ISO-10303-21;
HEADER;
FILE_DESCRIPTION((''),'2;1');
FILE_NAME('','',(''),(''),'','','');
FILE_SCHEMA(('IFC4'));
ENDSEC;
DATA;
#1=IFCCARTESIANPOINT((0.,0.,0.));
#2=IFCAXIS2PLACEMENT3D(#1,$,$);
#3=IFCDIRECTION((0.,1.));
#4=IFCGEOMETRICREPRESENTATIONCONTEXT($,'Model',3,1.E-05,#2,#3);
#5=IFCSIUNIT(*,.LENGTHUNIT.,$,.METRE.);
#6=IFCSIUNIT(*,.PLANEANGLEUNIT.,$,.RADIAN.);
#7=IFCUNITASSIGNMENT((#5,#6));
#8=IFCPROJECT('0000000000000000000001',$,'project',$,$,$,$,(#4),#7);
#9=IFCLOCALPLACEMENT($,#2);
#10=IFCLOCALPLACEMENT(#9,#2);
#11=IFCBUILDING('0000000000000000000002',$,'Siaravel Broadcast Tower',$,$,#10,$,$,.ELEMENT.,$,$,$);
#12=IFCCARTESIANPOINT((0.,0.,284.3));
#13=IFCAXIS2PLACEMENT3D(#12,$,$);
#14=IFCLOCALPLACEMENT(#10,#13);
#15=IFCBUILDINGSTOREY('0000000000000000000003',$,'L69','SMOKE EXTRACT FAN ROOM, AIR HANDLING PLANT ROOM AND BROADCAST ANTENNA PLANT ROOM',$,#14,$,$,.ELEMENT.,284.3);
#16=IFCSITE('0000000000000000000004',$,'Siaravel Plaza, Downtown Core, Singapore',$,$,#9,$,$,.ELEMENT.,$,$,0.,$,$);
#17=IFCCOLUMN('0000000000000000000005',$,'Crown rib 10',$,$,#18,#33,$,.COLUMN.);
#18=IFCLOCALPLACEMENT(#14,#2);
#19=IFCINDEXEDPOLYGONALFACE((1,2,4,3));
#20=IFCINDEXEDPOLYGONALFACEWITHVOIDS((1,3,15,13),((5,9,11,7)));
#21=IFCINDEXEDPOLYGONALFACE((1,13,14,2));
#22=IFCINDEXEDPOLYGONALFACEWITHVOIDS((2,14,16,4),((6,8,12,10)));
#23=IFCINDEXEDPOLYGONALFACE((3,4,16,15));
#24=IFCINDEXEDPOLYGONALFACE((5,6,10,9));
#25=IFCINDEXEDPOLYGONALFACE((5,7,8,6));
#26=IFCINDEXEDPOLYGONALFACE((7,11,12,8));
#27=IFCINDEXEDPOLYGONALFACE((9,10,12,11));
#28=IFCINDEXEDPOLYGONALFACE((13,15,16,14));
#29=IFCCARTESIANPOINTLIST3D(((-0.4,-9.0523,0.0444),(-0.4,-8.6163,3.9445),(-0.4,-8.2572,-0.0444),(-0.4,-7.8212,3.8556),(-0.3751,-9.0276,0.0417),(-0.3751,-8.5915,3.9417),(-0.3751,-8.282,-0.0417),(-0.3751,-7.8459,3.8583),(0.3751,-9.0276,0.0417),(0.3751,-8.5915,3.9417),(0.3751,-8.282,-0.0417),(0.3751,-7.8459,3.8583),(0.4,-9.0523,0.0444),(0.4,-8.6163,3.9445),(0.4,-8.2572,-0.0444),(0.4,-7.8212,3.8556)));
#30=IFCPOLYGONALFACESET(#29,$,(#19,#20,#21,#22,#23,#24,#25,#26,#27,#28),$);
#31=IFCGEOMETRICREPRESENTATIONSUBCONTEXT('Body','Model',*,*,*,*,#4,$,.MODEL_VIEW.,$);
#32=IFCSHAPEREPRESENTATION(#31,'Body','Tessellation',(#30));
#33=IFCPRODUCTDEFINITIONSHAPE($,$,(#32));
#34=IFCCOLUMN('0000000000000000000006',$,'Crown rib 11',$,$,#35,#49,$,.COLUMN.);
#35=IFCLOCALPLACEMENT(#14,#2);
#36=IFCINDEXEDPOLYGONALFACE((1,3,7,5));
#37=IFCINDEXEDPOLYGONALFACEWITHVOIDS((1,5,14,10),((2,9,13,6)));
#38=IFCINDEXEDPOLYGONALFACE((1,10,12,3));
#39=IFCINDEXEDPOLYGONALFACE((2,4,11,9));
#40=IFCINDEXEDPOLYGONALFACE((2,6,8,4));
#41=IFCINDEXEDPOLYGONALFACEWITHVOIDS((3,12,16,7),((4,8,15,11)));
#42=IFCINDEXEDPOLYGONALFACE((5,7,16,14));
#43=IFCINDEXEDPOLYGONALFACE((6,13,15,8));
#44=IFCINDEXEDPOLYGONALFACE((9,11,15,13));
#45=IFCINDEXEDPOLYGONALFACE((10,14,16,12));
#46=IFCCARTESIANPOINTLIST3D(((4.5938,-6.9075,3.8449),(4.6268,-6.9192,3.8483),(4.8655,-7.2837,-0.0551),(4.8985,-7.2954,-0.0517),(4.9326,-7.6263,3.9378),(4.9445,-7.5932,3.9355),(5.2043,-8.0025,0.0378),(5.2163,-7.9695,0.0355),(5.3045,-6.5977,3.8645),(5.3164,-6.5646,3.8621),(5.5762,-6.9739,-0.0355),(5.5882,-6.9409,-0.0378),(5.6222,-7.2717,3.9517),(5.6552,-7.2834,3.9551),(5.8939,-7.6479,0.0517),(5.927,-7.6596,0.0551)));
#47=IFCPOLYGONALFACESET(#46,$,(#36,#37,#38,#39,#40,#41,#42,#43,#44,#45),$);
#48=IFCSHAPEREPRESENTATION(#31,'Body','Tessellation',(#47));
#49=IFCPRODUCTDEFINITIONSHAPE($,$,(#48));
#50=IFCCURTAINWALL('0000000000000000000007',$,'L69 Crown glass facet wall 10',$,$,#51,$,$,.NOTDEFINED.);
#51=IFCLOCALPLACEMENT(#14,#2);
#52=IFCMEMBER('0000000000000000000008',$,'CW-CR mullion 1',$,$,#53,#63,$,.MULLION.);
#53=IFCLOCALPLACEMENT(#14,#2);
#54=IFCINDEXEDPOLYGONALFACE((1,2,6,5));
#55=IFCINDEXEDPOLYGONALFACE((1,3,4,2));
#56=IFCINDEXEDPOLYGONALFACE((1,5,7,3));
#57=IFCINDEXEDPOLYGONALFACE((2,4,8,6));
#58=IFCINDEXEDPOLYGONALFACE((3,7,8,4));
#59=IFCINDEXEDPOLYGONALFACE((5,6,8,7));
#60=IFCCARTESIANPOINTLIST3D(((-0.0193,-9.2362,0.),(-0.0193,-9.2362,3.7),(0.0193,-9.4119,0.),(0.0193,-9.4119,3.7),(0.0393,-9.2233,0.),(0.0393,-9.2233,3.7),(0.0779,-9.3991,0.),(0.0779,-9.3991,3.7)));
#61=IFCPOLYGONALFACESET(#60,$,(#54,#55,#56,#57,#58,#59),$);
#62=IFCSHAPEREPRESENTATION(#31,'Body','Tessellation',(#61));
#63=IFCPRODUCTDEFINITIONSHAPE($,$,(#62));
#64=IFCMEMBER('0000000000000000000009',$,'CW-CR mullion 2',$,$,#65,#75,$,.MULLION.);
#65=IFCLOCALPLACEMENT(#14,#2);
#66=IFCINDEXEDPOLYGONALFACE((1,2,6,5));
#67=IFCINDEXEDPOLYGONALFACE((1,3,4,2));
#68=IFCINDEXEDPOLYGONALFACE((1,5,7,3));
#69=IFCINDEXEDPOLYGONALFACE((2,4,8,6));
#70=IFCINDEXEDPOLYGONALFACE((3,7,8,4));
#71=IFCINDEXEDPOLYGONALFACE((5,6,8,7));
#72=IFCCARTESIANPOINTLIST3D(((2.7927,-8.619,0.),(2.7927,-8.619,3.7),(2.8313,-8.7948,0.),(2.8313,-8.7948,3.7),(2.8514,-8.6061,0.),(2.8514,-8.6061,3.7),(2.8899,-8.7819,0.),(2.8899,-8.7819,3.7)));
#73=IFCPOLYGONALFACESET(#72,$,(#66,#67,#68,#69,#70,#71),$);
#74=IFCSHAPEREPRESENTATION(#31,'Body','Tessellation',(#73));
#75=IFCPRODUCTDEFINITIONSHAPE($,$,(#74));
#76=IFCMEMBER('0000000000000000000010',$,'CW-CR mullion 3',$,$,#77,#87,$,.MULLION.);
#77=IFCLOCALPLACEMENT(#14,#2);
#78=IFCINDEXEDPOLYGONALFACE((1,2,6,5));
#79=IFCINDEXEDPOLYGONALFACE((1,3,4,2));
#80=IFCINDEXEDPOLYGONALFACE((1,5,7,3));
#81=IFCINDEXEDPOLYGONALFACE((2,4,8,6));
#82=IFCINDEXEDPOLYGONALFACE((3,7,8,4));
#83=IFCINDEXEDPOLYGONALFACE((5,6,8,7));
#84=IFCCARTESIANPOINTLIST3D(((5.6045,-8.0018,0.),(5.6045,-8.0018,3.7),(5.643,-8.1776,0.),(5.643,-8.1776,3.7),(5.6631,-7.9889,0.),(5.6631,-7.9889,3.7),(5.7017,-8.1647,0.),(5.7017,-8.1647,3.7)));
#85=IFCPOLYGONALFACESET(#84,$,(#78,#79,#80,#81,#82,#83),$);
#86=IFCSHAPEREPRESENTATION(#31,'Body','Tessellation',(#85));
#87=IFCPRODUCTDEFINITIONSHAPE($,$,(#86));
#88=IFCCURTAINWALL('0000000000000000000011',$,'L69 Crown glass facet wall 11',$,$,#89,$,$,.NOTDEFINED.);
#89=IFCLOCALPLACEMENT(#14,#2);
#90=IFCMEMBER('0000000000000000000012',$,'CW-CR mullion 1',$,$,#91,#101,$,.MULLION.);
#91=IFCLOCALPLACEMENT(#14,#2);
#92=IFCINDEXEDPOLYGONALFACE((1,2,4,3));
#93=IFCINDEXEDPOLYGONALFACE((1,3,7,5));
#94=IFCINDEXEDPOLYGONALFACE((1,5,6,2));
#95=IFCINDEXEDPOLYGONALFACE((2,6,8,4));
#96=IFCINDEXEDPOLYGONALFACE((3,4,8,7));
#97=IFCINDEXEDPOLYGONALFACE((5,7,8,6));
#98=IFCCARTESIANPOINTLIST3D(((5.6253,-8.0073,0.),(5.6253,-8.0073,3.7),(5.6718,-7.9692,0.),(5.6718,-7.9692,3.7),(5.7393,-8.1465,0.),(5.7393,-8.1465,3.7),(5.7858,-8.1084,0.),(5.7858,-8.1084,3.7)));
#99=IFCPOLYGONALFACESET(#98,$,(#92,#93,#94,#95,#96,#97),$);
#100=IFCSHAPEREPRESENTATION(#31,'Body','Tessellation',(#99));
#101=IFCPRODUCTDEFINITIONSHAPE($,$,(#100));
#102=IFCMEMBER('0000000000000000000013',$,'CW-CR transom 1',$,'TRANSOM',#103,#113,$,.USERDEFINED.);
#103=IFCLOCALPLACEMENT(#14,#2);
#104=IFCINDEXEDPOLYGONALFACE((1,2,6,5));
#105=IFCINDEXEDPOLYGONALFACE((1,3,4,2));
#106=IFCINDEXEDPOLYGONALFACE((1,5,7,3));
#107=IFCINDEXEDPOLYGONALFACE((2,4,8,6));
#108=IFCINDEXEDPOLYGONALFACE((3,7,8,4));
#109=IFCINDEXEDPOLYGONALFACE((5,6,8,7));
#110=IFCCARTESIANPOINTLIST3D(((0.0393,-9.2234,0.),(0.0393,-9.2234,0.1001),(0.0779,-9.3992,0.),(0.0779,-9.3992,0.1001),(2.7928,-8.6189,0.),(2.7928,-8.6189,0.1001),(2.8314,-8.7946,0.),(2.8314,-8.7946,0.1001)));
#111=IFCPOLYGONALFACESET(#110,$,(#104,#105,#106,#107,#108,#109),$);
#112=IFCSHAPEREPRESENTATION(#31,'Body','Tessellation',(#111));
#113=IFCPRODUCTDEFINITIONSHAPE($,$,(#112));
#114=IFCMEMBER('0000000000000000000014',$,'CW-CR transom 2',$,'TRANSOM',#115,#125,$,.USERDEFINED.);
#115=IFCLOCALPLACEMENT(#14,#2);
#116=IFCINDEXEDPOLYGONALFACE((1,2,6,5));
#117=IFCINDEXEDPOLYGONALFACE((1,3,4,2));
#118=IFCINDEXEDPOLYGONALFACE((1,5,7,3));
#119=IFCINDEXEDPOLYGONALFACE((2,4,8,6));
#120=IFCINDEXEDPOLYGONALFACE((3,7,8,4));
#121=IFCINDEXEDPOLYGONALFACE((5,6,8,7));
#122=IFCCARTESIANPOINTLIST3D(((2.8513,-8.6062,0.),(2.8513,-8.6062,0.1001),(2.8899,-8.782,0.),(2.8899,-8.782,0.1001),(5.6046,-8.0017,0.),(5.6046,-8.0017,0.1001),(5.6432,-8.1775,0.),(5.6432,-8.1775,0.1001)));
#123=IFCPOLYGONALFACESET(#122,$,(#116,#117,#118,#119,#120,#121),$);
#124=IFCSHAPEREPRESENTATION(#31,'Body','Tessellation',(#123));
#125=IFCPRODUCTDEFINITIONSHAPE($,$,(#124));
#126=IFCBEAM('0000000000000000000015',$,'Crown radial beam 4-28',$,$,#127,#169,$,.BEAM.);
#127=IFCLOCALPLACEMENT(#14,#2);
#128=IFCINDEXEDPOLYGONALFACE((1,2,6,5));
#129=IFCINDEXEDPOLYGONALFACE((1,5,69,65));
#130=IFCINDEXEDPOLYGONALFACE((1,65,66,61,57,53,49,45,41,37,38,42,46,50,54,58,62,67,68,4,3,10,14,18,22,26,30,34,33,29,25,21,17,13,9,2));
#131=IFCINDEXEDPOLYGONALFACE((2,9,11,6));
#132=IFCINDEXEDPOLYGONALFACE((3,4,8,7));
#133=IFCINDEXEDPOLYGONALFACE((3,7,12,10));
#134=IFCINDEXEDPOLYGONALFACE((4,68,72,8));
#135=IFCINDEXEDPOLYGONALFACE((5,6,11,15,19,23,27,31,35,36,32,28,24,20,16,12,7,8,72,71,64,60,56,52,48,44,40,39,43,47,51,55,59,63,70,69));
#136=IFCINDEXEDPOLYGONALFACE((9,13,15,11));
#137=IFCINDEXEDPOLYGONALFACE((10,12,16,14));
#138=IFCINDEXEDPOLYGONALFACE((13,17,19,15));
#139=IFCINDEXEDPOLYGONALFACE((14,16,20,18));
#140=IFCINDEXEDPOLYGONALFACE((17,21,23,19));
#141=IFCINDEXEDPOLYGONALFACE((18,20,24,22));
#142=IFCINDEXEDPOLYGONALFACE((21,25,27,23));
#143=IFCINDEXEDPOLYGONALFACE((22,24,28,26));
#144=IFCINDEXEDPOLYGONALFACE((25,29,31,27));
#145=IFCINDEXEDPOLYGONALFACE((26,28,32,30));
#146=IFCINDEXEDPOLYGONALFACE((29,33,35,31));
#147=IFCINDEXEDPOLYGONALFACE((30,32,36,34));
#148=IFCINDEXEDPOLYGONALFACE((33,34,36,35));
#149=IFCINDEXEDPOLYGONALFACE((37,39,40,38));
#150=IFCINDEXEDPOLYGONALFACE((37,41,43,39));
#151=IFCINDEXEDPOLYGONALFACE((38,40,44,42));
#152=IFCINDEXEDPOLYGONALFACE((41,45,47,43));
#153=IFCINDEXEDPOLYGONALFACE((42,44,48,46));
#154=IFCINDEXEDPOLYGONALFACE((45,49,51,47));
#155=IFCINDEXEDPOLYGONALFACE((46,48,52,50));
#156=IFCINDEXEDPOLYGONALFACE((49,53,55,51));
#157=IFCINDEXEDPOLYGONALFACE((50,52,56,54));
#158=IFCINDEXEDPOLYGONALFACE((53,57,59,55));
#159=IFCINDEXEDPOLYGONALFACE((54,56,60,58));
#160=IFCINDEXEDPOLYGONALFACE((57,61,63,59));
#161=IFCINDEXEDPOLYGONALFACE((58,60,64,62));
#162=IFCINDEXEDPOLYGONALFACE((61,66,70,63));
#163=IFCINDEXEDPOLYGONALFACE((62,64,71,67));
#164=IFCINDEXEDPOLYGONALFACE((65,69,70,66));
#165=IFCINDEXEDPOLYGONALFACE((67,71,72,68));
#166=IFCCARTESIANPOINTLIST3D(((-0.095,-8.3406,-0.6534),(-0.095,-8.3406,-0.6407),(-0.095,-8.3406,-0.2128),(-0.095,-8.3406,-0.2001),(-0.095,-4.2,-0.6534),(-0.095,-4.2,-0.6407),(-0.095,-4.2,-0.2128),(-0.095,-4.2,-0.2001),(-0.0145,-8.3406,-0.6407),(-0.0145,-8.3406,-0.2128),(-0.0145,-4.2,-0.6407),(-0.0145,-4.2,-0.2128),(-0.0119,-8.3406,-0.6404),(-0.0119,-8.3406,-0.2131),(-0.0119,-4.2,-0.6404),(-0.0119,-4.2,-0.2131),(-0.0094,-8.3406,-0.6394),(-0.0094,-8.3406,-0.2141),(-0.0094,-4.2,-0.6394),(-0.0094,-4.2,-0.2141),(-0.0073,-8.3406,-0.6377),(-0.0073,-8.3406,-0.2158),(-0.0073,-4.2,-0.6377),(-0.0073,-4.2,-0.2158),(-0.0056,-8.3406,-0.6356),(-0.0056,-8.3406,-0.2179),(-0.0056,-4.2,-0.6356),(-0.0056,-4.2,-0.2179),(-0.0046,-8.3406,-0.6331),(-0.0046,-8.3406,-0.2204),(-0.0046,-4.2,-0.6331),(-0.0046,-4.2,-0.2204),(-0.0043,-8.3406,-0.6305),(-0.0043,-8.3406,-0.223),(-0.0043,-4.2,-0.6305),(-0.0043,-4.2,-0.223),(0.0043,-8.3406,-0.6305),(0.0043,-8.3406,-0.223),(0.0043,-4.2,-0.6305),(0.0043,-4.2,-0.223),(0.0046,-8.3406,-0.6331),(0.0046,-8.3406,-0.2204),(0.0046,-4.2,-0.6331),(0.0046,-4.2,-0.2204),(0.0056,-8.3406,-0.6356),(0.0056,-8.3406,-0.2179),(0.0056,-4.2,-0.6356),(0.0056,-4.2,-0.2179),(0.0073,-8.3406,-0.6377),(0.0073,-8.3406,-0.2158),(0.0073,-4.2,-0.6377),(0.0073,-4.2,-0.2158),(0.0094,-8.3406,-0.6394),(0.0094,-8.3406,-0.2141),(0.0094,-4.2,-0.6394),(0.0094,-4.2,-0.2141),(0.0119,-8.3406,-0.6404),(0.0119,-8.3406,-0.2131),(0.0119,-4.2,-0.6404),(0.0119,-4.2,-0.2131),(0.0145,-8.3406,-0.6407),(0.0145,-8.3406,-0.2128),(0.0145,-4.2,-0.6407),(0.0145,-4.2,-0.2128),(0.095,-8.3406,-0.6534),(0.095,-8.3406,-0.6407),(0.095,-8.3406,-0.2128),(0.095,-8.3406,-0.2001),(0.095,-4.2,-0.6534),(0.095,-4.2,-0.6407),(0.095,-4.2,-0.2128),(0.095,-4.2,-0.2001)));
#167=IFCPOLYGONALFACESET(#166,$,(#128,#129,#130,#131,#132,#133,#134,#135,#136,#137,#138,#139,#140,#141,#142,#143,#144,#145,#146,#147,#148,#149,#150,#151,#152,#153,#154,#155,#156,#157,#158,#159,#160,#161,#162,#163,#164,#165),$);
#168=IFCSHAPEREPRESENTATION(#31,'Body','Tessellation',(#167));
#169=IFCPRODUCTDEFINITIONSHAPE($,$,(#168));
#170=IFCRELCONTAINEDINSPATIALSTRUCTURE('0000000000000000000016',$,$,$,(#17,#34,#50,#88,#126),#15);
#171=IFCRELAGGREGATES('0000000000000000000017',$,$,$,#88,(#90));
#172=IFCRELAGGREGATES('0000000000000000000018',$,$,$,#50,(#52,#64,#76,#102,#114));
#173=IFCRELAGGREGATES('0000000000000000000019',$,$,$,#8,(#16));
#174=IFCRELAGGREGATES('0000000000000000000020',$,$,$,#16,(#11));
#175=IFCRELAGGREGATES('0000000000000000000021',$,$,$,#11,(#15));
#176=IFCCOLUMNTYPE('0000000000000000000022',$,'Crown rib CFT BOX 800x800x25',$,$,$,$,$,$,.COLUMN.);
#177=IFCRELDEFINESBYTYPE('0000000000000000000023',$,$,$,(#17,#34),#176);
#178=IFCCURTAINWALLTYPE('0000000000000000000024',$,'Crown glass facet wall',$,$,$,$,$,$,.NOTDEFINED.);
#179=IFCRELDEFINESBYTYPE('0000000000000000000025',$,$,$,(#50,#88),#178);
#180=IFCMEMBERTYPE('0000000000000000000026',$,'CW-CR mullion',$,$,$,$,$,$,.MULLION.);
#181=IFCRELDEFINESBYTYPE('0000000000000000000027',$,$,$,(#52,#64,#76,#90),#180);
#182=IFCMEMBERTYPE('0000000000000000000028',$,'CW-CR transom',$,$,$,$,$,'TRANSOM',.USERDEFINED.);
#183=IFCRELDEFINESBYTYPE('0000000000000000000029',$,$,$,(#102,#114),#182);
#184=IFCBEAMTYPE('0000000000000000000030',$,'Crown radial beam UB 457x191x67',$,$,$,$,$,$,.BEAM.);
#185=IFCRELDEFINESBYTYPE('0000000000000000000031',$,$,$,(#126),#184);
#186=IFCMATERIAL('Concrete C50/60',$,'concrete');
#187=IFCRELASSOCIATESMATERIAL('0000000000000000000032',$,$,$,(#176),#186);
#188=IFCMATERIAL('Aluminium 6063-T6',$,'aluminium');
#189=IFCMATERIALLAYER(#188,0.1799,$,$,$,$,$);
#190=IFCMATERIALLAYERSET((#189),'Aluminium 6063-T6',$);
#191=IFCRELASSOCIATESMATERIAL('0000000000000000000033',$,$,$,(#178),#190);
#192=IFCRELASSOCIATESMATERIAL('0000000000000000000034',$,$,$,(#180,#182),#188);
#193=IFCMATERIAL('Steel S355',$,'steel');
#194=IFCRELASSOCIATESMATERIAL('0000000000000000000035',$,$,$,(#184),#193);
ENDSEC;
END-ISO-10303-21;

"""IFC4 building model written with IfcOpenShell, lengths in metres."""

from ifc_helpers import new_model, si_unit, direction, frame, origin, origin_2d, place, context, subcontext, project, spatial, rectangle, hollow_rectangle, i_section, extrude, material, layer, layer_set, material_profile, profile_set, type_object, element, aggregate, save


model = new_model("IFC4")

# Units and contexts
model_context = context("Model", 3, precision=1e-05, world=origin(), true_north=direction((0.0, 1.0)))
body_context = subcontext(model_context, "Body", "Model", "MODEL_VIEW")
ifc_project = project(units=[si_unit("LENGTHUNIT", "METRE"), si_unit("PLANEANGLEUNIT", "RADIAN")], contexts=[model_context])

# Site, building, storey
site_placement = place(None, origin())
site = spatial("IfcSite", under=ifc_project, at=site_placement, Name="Siaravel Plaza, Downtown Core, Singapore", CompositionType="ELEMENT", RefElevation=0.0)
building_placement = place(site_placement, origin())
building = spatial("IfcBuilding", under=site, at=building_placement, Name="Siaravel Broadcast Tower", CompositionType="ELEMENT")
storey_placement = place(building_placement, frame((0.0, 0.0, 284.3)))
storey = spatial("IfcBuildingStorey", under=building, at=storey_placement, Name="L69", Description="SMOKE EXTRACT FAN ROOM, AIR HANDLING PLANT ROOM AND BROADCAST ANTENNA PLANT ROOM", CompositionType="ELEMENT", Elevation=284.3)

# Columns
ifc_material_1 = material(Name="Concrete C50/60", Category="concrete")
ifc_material_profile_1 = material_profile(ifc_material_1, hollow_rectangle(XDim=0.8, YDim=0.8, WallThickness=0.0249, at=origin_2d()))
ifc_profile_set_1 = profile_set([ifc_material_profile_1], Name="Concrete C50/60")
column_type = type_object("IfcColumnType", Name="Crown rib CFT BOX 800x800x25", PredefinedType="COLUMN", material=ifc_profile_set_1)
column_1_placement = place(storey_placement, frame((0.0, -8.6548, 0.0), z_axis=(0.0, 0.111114, 0.993808), x_axis=(-1.0, 0.0, 0.0)))
element("IfcColumn", 1, at=column_1_placement, inside=storey, type_object=column_type, Name="Crown rib 10", PredefinedType="COLUMN", context=body_context, shape_type="SweptSolid", body=[
    extrude(hollow_rectangle(XDim=0.8, YDim=0.8, WallThickness=0.0249, at=origin_2d()), origin(), (0.0, 0.0, 1.0), 3.9243),
])
column_2_placement = place(storey_placement, frame((5.3962, -7.4717, 0.0), z_axis=(-0.069188, 0.095793, 0.992994), x_axis=(-0.903251, -0.428569, -0.021591)))
element("IfcColumn", 2, at=column_2_placement, inside=storey, type_object=column_type, Name="Crown rib 11", PredefinedType="COLUMN", context=body_context, shape_type="SweptSolid", body=[
    extrude(hollow_rectangle(XDim=0.8, YDim=0.8, WallThickness=0.0249, at=origin_2d()), origin(), (0.0, 0.0, 1.0), 3.9275),
])

# Curtain wall, members
ifc_material_2 = material(Name="Aluminium 6063-T6", Category="aluminium")
ifc_layer_1 = layer(ifc_material_2, 0.1799)
ifc_layer_set_1 = layer_set([ifc_layer_1], Name="Aluminium 6063-T6")
curtain_wall_type = type_object("IfcCurtainWallType", Name="Crown glass facet wall", PredefinedType="NOTDEFINED", material=ifc_layer_set_1)
curtain_wall_1_placement = place(storey_placement, origin())
curtain_wall_1 = element("IfcCurtainWall", 3, at=curtain_wall_1_placement, inside=storey, type_object=curtain_wall_type, Name="L69 Crown glass facet wall 10", PredefinedType="NOTDEFINED")
ifc_material_profile_2 = material_profile(ifc_material_2, rectangle(XDim=0.1799, YDim=0.0601, at=origin_2d()))
ifc_profile_set_2 = profile_set([ifc_material_profile_2], Name="Aluminium 6063-T6")
member_type_1 = type_object("IfcMemberType", Name="CW-CR mullion", PredefinedType="MULLION", material=ifc_profile_set_2)
member_1_placement = place(storey_placement, frame((0.0293, -9.3176, 0.0), z_axis=(0.0, 0.0, 1.0), x_axis=(-0.214396, 0.976747, 0.0)))
member_1 = element("IfcMember", 4, at=member_1_placement, type_object=member_type_1, Name="CW-CR mullion 1", PredefinedType="MULLION", context=body_context, shape_type="SweptSolid", body=[
    extrude(rectangle(XDim=0.1799, YDim=0.0601, at=origin_2d()), origin(), (0.0, 0.0, 1.0), 3.7),
])
member_2_placement = place(storey_placement, frame((2.8413, -8.7004, 0.0), z_axis=(0.0, 0.0, 1.0), x_axis=(-0.214396, 0.976747, 0.0)))
member_2 = element("IfcMember", 5, at=member_2_placement, type_object=member_type_1, Name="CW-CR mullion 2", PredefinedType="MULLION", context=body_context, shape_type="SweptSolid", body=[
    extrude(rectangle(XDim=0.1799, YDim=0.0601, at=origin_2d()), origin(), (0.0, 0.0, 1.0), 3.7),
])
member_3_placement = place(storey_placement, frame((5.6531, -8.0833, 0.0), z_axis=(0.0, 0.0, 1.0), x_axis=(-0.214396, 0.976747, 0.0)))
member_3 = element("IfcMember", 6, at=member_3_placement, type_object=member_type_1, Name="CW-CR mullion 3", PredefinedType="MULLION", context=body_context, shape_type="SweptSolid", body=[
    extrude(rectangle(XDim=0.1799, YDim=0.0601, at=origin_2d()), origin(), (0.0, 0.0, 1.0), 3.7),
])

# Curtain wall, member
curtain_wall_2_placement = place(storey_placement, origin())
curtain_wall_2 = element("IfcCurtainWall", 7, at=curtain_wall_2_placement, inside=storey, type_object=curtain_wall_type, Name="L69 Crown glass facet wall 11", PredefinedType="NOTDEFINED")
member_4_placement = place(storey_placement, frame((5.7056, -8.0579, 0.0), z_axis=(0.0, 0.0, 1.0), x_axis=(-0.633718, 0.773564, 0.0)))
member_4 = element("IfcMember", 8, at=member_4_placement, type_object=member_type_1, Name="CW-CR mullion 1", PredefinedType="MULLION", context=body_context, shape_type="SweptSolid", body=[
    extrude(rectangle(XDim=0.1799, YDim=0.0601, at=origin_2d()), origin(), (0.0, 0.0, 1.0), 3.7),
])
aggregate(curtain_wall_2, [member_4])

# Members
ifc_material_profile_3 = material_profile(ifc_material_2, rectangle(XDim=0.1799, YDim=0.1001, at=origin_2d()))
ifc_profile_set_3 = profile_set([ifc_material_profile_3], Name="Aluminium 6063-T6")
member_type_2 = type_object("IfcMemberType", Name="CW-CR transom", ElementType="TRANSOM", PredefinedType="USERDEFINED", material=ifc_profile_set_3)
member_5_placement = place(storey_placement, frame((0.0586, -9.3113, 0.05), z_axis=(0.976738, 0.214436, 0.0), x_axis=(-0.214436, 0.976738, 0.0)))
member_5 = element("IfcMember", 9, at=member_5_placement, type_object=member_type_2, Name="CW-CR transom 1", ObjectType="TRANSOM", PredefinedType="USERDEFINED", context=body_context, shape_type="SweptSolid", body=[
    extrude(rectangle(XDim=0.1799, YDim=0.1001, at=origin_2d()), origin(), (0.0, 0.0, 1.0), 2.8191),
])
member_6_placement = place(storey_placement, frame((2.8706, -8.6941, 0.05), z_axis=(0.976734, 0.214454, 0.0), x_axis=(-0.214454, 0.976734, 0.0)))
member_6 = element("IfcMember", 10, at=member_6_placement, type_object=member_type_2, Name="CW-CR transom 2", ObjectType="TRANSOM", PredefinedType="USERDEFINED", context=body_context, shape_type="SweptSolid", body=[
    extrude(rectangle(XDim=0.1799, YDim=0.1001, at=origin_2d()), origin(), (0.0, 0.0, 1.0), 2.8188),
])

# Beam
ifc_material_3 = material(Name="Steel S355", Category="steel")
ifc_material_profile_4 = material_profile(ifc_material_3, i_section(OverallWidth=0.1899, OverallDepth=0.4534, WebThickness=0.0085, FlangeThickness=0.0127, FilletRadius=0.0103, at=origin_2d()))
ifc_profile_set_4 = profile_set([ifc_material_profile_4], Name="Steel S355")
beam_type_1 = type_object("IfcBeamType", Name="Crown radial beam UB 457x191x67", PredefinedType="BEAM", material=ifc_profile_set_4)
beam_1_placement = place(storey_placement, frame((0.0, -8.3406, -0.4268), z_axis=(0.0, 1.0, 0.0), x_axis=(-1.0, 0.0, 0.0)))
element("IfcBeam", 11, at=beam_1_placement, inside=storey, type_object=beam_type_1, Name="Crown radial beam 4-28", PredefinedType="BEAM", context=body_context, shape_type="SweptSolid", body=[
    extrude(i_section(OverallWidth=0.1899, OverallDepth=0.4534, WebThickness=0.0085, FlangeThickness=0.0127, FilletRadius=0.0103, at=origin_2d()), origin(), (0.0, 0.0, 1.0), 4.1406),
])

aggregate(curtain_wall_1, [member_1, member_2, member_3, member_5, member_6])

save(model, "model.ifc")
